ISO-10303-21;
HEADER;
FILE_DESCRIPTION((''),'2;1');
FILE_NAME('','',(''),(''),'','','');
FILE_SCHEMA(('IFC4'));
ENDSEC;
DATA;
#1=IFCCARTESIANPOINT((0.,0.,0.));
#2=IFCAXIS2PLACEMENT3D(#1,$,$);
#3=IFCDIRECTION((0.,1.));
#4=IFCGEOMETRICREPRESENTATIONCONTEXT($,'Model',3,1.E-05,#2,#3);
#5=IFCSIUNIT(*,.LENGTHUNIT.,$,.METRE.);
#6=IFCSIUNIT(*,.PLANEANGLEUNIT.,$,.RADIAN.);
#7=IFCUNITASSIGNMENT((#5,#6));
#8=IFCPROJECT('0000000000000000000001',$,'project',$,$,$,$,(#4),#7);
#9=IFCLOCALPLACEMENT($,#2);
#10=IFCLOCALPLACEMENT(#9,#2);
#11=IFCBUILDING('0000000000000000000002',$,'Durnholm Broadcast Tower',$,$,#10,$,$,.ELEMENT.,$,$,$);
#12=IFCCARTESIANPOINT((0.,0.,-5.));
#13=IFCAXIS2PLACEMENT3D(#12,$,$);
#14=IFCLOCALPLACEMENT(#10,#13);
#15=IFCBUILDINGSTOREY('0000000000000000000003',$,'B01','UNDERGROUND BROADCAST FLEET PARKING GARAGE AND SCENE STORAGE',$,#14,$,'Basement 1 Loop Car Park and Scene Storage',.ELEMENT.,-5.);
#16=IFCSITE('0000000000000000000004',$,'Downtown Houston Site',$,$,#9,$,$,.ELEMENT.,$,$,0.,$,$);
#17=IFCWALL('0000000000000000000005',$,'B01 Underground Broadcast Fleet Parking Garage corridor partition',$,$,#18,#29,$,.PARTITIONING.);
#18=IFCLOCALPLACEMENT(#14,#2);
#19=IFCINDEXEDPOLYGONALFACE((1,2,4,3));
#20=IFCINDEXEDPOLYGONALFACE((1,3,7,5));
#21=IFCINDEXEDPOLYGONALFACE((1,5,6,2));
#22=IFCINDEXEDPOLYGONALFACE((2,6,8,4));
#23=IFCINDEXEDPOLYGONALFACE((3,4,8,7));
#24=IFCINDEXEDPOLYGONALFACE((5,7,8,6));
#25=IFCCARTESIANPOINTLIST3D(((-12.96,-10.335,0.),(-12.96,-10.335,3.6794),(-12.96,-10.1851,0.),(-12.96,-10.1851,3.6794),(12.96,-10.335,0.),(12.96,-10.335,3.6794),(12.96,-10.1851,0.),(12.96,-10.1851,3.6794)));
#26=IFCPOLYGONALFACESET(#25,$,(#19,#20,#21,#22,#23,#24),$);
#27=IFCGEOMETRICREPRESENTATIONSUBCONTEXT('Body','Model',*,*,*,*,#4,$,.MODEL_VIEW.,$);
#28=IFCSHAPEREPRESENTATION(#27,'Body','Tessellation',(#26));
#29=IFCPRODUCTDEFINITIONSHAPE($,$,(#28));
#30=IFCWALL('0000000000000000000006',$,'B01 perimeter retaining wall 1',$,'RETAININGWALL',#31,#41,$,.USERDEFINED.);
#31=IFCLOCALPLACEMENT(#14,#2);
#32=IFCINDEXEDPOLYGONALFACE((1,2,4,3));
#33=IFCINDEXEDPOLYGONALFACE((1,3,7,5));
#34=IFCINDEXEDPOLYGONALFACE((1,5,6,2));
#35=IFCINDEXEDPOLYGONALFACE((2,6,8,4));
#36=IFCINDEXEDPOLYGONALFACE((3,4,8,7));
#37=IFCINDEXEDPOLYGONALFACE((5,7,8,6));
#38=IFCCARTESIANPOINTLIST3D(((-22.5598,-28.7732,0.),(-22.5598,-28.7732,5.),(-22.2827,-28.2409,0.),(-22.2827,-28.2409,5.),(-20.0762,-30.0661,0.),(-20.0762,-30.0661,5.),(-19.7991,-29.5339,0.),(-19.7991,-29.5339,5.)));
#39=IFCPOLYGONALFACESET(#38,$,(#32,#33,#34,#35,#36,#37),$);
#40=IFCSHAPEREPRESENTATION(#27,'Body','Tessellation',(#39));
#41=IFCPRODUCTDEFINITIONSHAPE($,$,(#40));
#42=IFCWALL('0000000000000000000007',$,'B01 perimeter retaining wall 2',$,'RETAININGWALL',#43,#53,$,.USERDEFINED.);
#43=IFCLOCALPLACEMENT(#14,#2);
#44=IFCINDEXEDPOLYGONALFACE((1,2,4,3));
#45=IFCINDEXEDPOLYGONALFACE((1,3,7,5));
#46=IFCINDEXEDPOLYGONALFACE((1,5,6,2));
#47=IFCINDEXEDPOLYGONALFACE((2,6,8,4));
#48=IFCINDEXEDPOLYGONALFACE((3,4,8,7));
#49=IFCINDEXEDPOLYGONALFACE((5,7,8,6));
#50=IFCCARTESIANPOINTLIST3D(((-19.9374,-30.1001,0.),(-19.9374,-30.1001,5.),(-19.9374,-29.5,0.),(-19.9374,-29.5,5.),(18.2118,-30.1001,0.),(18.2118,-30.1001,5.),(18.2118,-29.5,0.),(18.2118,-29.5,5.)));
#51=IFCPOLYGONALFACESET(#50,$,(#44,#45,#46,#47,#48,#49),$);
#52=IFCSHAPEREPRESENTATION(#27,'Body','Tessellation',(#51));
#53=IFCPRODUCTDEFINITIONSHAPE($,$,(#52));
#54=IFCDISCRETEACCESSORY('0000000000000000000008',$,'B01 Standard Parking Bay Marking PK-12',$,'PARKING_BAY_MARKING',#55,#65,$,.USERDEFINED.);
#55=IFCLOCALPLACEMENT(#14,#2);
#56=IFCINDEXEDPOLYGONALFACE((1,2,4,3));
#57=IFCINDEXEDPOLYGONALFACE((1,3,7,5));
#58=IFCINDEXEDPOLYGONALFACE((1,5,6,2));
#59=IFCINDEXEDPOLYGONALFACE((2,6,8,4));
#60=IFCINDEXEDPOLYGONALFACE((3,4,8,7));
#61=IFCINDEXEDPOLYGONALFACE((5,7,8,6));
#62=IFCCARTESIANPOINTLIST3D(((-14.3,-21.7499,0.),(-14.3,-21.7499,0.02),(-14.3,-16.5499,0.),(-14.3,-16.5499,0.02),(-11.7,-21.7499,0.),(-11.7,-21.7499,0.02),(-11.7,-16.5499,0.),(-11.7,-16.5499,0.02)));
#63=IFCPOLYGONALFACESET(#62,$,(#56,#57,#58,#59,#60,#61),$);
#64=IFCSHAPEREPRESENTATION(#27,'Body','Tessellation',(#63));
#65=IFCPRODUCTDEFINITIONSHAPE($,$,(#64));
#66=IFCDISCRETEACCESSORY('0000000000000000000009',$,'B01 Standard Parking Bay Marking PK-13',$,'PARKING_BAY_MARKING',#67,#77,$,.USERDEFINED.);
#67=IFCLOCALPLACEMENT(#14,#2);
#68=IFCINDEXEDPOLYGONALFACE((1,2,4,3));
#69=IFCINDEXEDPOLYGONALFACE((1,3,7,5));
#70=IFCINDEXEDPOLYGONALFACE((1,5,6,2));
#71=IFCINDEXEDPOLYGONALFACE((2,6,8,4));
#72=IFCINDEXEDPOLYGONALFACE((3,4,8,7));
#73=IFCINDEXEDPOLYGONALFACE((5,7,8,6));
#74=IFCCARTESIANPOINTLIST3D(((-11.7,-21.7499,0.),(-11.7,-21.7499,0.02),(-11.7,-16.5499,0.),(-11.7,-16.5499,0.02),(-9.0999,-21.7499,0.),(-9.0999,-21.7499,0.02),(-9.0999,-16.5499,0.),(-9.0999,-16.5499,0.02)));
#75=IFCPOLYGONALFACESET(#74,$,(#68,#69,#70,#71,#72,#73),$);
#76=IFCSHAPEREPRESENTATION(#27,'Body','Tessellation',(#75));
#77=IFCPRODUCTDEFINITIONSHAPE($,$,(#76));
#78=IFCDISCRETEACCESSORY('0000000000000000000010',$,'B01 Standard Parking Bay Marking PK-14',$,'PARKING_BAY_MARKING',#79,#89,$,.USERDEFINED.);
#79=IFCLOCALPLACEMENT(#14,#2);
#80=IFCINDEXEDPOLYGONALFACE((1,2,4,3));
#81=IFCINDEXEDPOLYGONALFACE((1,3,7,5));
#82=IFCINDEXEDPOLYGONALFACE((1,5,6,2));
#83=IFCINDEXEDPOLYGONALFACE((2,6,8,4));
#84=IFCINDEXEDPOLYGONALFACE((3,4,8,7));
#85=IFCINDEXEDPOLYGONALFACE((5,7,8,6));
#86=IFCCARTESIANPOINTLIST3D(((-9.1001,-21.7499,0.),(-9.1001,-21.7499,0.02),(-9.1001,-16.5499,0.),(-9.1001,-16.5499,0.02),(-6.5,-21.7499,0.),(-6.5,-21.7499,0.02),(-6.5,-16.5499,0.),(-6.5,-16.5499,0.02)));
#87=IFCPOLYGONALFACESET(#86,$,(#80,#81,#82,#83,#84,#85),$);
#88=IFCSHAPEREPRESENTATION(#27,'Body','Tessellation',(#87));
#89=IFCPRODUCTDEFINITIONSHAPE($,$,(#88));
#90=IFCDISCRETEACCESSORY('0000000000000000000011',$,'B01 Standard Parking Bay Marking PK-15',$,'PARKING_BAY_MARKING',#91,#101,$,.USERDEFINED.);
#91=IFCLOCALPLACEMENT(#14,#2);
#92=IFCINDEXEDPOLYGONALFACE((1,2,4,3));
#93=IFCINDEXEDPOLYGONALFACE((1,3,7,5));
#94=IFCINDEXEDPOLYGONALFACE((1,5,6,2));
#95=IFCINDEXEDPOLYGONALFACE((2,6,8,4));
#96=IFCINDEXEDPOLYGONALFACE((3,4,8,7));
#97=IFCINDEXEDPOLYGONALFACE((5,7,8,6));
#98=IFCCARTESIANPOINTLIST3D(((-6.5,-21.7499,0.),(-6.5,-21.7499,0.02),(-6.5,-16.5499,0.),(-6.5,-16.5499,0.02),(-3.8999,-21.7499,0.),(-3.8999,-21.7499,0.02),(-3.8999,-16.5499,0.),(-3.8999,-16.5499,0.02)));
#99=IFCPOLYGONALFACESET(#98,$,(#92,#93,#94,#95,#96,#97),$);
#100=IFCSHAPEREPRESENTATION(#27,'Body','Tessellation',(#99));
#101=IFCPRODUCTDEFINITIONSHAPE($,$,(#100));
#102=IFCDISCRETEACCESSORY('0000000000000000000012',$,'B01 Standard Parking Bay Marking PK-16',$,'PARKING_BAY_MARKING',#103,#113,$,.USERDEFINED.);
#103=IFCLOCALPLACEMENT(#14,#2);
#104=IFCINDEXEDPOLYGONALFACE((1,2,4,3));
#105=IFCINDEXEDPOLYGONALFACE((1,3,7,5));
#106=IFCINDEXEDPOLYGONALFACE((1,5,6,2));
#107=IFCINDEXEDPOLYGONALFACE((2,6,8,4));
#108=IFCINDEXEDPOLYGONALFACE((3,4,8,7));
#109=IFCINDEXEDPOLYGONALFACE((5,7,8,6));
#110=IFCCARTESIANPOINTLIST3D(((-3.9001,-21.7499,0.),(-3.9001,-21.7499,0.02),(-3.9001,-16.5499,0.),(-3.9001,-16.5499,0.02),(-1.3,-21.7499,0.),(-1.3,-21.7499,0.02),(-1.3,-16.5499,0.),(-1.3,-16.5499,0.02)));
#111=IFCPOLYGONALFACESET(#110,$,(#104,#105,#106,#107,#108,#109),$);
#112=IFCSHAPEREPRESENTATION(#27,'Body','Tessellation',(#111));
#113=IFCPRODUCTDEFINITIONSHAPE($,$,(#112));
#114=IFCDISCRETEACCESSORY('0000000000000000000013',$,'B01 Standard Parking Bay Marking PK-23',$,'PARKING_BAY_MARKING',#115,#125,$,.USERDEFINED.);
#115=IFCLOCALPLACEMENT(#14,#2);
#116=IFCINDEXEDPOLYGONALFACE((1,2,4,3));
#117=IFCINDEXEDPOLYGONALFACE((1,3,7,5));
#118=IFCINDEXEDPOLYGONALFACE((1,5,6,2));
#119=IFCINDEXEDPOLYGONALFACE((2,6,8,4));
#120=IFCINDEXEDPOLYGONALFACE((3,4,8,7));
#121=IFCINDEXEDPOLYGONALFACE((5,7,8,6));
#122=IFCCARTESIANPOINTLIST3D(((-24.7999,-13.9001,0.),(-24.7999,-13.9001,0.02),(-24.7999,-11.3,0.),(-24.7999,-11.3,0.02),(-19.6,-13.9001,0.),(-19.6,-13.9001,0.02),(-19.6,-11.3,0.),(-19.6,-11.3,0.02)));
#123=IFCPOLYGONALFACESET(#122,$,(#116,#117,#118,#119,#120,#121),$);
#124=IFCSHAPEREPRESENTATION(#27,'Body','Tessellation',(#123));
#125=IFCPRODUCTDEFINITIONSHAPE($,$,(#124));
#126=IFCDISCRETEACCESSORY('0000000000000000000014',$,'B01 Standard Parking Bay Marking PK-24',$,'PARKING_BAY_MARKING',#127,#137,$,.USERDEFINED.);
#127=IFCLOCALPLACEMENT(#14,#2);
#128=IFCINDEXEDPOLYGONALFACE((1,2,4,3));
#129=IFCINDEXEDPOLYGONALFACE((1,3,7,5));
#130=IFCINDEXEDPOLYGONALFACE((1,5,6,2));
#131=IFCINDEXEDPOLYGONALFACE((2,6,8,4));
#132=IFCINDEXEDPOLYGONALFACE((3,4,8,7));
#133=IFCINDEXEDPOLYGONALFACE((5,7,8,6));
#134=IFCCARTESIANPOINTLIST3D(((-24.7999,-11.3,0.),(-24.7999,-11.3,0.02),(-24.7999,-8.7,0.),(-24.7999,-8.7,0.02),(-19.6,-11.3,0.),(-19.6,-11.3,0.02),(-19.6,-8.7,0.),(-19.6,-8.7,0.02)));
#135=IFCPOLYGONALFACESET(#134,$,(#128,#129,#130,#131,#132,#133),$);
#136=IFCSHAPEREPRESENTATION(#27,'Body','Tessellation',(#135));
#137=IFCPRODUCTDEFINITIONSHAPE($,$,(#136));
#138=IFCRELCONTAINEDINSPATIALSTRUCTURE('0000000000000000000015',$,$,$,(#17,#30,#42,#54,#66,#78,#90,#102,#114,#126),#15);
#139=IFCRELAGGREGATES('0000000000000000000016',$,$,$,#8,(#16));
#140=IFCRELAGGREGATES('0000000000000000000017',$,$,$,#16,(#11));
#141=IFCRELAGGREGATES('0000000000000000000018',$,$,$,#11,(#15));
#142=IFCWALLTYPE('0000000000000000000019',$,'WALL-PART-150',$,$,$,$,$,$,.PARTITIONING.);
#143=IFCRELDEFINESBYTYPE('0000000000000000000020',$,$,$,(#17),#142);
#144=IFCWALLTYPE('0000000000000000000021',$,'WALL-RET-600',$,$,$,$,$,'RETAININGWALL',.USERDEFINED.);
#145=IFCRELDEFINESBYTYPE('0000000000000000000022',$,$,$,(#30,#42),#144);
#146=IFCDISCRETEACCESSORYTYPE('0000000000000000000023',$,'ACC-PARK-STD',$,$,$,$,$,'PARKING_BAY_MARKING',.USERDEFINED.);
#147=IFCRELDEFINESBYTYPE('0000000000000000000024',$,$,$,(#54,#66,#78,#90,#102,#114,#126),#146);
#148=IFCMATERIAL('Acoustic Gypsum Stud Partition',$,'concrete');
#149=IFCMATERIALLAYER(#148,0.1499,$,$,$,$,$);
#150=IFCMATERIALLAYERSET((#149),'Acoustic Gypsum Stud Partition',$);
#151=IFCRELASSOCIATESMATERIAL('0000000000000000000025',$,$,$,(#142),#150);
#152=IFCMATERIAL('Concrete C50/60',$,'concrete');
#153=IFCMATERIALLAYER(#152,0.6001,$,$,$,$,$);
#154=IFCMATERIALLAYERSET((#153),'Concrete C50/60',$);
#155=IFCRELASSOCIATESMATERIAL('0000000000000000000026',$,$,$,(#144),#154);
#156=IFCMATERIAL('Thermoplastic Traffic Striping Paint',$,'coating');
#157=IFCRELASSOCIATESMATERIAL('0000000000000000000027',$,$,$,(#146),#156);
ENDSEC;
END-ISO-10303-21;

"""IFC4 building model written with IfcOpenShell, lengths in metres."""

from ifc_helpers import new_model, si_unit, direction, frame, frame_2d, origin, origin_2d, place, context, subcontext, project, spatial, rectangle, extrude, source, transform, mapped, material, layer, layer_set, type_object, type_shapes, element, save


model = new_model("IFC4")

# Units and contexts
model_context = context("Model", 3, precision=1e-05, world=origin(), true_north=direction((0.0, 1.0)))
body_context = subcontext(model_context, "Body", "Model", "MODEL_VIEW")
ifc_project = project(units=[si_unit("LENGTHUNIT", "METRE"), si_unit("PLANEANGLEUNIT", "RADIAN")], contexts=[model_context])

# Site, building, storey
site_placement = place(None, origin())
site = spatial("IfcSite", under=ifc_project, at=site_placement, Name="Downtown Houston Site", CompositionType="ELEMENT", RefElevation=0.0)
building_placement = place(site_placement, origin())
building = spatial("IfcBuilding", under=site, at=building_placement, Name="Durnholm Broadcast Tower", CompositionType="ELEMENT")
storey_placement = place(building_placement, frame((0.0, 0.0, -5.0)))
storey = spatial("IfcBuildingStorey", under=building, at=storey_placement, Name="B01", Description="UNDERGROUND BROADCAST FLEET PARKING GARAGE AND SCENE STORAGE", LongName="Basement 1 Loop Car Park and Scene Storage", CompositionType="ELEMENT", Elevation=-5.0)

# Walls
ifc_material_1 = material(Name="Acoustic Gypsum Stud Partition", Category="concrete")
ifc_layer_1 = layer(ifc_material_1, 0.1499)
ifc_layer_set_1 = layer_set([ifc_layer_1], Name="Acoustic Gypsum Stud Partition")
wall_type_1 = type_object("IfcWallType", Name="WALL-PART-150", PredefinedType="PARTITIONING", material=ifc_layer_set_1)
wall_1_placement = place(storey_placement, frame((-12.96, -10.26, 0.0), z_axis=(0.0, 0.0, 1.0), x_axis=(1.0, 0.0, 0.0)))
element("IfcWall", 1, at=wall_1_placement, inside=storey, type_object=wall_type_1, Name="B01 Underground Broadcast Fleet Parking Garage corridor partition", PredefinedType="PARTITIONING", context=body_context, shape_type="SweptSolid", body=[
    extrude(rectangle(XDim=25.9199, YDim=0.1499, at=frame_2d((12.96, 0.0))), origin(), (0.0, 0.0, 1.0), 3.6794),
])
ifc_material_2 = material(Name="Concrete C50/60", Category="concrete")
ifc_layer_2 = layer(ifc_material_2, 0.6001)
ifc_layer_set_2 = layer_set([ifc_layer_2], Name="Concrete C50/60")
wall_type_2 = type_object("IfcWallType", Name="WALL-RET-600", ElementType="RETAININGWALL", PredefinedType="USERDEFINED", material=ifc_layer_set_2)
wall_2_placement = place(storey_placement, frame((-22.4211, -28.5071, 0.0), z_axis=(0.0, 0.0, 1.0), x_axis=(0.887001, -0.461767, 0.0)))
element("IfcWall", 2, at=wall_2_placement, inside=storey, type_object=wall_type_2, Name="B01 perimeter retaining wall 1", ObjectType="RETAININGWALL", PredefinedType="USERDEFINED", context=body_context, shape_type="SweptSolid", body=[
    extrude(rectangle(XDim=2.8, YDim=0.6001, at=frame_2d((1.3999, 0.0))), origin(), (0.0, 0.0, 1.0), 5.0),
])
wall_3_placement = place(storey_placement, frame((-19.9375, -29.8, 0.0), z_axis=(0.0, 0.0, 1.0), x_axis=(1.0, 0.0, 0.0)))
element("IfcWall", 3, at=wall_3_placement, inside=storey, type_object=wall_type_2, Name="B01 perimeter retaining wall 2", ObjectType="RETAININGWALL", PredefinedType="USERDEFINED", context=body_context, shape_type="SweptSolid", body=[
    extrude(rectangle(XDim=38.1492, YDim=0.6001, at=frame_2d((19.0747, 0.0))), origin(), (0.0, 0.0, 1.0), 5.0),
])

# Discrete accessories
ifc_material_3 = material(Name="Thermoplastic Traffic Striping Paint", Category="coating")
discrete_accessory_type = type_object("IfcDiscreteAccessoryType", Name="ACC-PARK-STD", ElementType="PARKING_BAY_MARKING", PredefinedType="USERDEFINED", material=ifc_material_3)
shared_shape_1 = source(origin(), body_context, "Body", "SweptSolid", [
    extrude(rectangle(XDim=2.6001, YDim=5.2, at=origin_2d()), origin(), (0.0, 0.0, 1.0), 0.02),
])
for number, where, z_axis, x_axis, name in (
    (4, (-13.0, -19.1499, 0.0), (0.0, 0.0, 1.0), (1.0, 0.0, 0.0), "B01 Standard Parking Bay Marking PK-12"),
    (5, (-10.3999, -19.1499, 0.0), (0.0, 0.0, 1.0), (1.0, 0.0, 0.0), "B01 Standard Parking Bay Marking PK-13"),
    (6, (-7.8, -19.1499, 0.0), (0.0, 0.0, 1.0), (1.0, 0.0, 0.0), "B01 Standard Parking Bay Marking PK-14"),
    (7, (-5.2, -19.1499, 0.0), (0.0, 0.0, 1.0), (1.0, 0.0, 0.0), "B01 Standard Parking Bay Marking PK-15"),
    (8, (-2.6001, -19.1499, 0.0), (0.0, 0.0, 1.0), (1.0, 0.0, 0.0), "B01 Standard Parking Bay Marking PK-16"),
):
    element("IfcDiscreteAccessory", number, at=place(storey_placement, frame(where, z_axis=z_axis, x_axis=x_axis)), inside=storey, type_object=discrete_accessory_type, Name=name, ObjectType="PARKING_BAY_MARKING", PredefinedType="USERDEFINED", context=body_context, shape_type="MappedRepresentation", body=[
        mapped(shared_shape_1, transform((0.0, 0.0, 0.0), x_axis=(1.0, 0.0, 0.0), y_axis=(0.0, 1.0, 0.0), z_axis=(0.0, 0.0, 1.0), scale=1.0)),
    ])
shared_shape_2 = source(origin(), body_context, "Body", "SweptSolid", [
    extrude(rectangle(XDim=5.2, YDim=2.6001, at=origin_2d()), origin(), (0.0, 0.0, 1.0), 0.02),
])
type_shapes(discrete_accessory_type, [shared_shape_1, shared_shape_2])
for number, where, z_axis, x_axis, name in (
    (9, (-22.2, -12.6001, 0.0), (0.0, 0.0, 1.0), (1.0, 0.0, 0.0), "B01 Standard Parking Bay Marking PK-23"),
    (10, (-22.2, -10.0, 0.0), (0.0, 0.0, 1.0), (1.0, 0.0, 0.0), "B01 Standard Parking Bay Marking PK-24"),
):
    element("IfcDiscreteAccessory", number, at=place(storey_placement, frame(where, z_axis=z_axis, x_axis=x_axis)), inside=storey, type_object=discrete_accessory_type, Name=name, ObjectType="PARKING_BAY_MARKING", PredefinedType="USERDEFINED", context=body_context, shape_type="MappedRepresentation", body=[
        mapped(shared_shape_2, transform((0.0, 0.0, 0.0), x_axis=(1.0, 0.0, 0.0), y_axis=(0.0, 1.0, 0.0), z_axis=(0.0, 0.0, 1.0), scale=1.0)),
    ])

save(model, "model.ifc")
